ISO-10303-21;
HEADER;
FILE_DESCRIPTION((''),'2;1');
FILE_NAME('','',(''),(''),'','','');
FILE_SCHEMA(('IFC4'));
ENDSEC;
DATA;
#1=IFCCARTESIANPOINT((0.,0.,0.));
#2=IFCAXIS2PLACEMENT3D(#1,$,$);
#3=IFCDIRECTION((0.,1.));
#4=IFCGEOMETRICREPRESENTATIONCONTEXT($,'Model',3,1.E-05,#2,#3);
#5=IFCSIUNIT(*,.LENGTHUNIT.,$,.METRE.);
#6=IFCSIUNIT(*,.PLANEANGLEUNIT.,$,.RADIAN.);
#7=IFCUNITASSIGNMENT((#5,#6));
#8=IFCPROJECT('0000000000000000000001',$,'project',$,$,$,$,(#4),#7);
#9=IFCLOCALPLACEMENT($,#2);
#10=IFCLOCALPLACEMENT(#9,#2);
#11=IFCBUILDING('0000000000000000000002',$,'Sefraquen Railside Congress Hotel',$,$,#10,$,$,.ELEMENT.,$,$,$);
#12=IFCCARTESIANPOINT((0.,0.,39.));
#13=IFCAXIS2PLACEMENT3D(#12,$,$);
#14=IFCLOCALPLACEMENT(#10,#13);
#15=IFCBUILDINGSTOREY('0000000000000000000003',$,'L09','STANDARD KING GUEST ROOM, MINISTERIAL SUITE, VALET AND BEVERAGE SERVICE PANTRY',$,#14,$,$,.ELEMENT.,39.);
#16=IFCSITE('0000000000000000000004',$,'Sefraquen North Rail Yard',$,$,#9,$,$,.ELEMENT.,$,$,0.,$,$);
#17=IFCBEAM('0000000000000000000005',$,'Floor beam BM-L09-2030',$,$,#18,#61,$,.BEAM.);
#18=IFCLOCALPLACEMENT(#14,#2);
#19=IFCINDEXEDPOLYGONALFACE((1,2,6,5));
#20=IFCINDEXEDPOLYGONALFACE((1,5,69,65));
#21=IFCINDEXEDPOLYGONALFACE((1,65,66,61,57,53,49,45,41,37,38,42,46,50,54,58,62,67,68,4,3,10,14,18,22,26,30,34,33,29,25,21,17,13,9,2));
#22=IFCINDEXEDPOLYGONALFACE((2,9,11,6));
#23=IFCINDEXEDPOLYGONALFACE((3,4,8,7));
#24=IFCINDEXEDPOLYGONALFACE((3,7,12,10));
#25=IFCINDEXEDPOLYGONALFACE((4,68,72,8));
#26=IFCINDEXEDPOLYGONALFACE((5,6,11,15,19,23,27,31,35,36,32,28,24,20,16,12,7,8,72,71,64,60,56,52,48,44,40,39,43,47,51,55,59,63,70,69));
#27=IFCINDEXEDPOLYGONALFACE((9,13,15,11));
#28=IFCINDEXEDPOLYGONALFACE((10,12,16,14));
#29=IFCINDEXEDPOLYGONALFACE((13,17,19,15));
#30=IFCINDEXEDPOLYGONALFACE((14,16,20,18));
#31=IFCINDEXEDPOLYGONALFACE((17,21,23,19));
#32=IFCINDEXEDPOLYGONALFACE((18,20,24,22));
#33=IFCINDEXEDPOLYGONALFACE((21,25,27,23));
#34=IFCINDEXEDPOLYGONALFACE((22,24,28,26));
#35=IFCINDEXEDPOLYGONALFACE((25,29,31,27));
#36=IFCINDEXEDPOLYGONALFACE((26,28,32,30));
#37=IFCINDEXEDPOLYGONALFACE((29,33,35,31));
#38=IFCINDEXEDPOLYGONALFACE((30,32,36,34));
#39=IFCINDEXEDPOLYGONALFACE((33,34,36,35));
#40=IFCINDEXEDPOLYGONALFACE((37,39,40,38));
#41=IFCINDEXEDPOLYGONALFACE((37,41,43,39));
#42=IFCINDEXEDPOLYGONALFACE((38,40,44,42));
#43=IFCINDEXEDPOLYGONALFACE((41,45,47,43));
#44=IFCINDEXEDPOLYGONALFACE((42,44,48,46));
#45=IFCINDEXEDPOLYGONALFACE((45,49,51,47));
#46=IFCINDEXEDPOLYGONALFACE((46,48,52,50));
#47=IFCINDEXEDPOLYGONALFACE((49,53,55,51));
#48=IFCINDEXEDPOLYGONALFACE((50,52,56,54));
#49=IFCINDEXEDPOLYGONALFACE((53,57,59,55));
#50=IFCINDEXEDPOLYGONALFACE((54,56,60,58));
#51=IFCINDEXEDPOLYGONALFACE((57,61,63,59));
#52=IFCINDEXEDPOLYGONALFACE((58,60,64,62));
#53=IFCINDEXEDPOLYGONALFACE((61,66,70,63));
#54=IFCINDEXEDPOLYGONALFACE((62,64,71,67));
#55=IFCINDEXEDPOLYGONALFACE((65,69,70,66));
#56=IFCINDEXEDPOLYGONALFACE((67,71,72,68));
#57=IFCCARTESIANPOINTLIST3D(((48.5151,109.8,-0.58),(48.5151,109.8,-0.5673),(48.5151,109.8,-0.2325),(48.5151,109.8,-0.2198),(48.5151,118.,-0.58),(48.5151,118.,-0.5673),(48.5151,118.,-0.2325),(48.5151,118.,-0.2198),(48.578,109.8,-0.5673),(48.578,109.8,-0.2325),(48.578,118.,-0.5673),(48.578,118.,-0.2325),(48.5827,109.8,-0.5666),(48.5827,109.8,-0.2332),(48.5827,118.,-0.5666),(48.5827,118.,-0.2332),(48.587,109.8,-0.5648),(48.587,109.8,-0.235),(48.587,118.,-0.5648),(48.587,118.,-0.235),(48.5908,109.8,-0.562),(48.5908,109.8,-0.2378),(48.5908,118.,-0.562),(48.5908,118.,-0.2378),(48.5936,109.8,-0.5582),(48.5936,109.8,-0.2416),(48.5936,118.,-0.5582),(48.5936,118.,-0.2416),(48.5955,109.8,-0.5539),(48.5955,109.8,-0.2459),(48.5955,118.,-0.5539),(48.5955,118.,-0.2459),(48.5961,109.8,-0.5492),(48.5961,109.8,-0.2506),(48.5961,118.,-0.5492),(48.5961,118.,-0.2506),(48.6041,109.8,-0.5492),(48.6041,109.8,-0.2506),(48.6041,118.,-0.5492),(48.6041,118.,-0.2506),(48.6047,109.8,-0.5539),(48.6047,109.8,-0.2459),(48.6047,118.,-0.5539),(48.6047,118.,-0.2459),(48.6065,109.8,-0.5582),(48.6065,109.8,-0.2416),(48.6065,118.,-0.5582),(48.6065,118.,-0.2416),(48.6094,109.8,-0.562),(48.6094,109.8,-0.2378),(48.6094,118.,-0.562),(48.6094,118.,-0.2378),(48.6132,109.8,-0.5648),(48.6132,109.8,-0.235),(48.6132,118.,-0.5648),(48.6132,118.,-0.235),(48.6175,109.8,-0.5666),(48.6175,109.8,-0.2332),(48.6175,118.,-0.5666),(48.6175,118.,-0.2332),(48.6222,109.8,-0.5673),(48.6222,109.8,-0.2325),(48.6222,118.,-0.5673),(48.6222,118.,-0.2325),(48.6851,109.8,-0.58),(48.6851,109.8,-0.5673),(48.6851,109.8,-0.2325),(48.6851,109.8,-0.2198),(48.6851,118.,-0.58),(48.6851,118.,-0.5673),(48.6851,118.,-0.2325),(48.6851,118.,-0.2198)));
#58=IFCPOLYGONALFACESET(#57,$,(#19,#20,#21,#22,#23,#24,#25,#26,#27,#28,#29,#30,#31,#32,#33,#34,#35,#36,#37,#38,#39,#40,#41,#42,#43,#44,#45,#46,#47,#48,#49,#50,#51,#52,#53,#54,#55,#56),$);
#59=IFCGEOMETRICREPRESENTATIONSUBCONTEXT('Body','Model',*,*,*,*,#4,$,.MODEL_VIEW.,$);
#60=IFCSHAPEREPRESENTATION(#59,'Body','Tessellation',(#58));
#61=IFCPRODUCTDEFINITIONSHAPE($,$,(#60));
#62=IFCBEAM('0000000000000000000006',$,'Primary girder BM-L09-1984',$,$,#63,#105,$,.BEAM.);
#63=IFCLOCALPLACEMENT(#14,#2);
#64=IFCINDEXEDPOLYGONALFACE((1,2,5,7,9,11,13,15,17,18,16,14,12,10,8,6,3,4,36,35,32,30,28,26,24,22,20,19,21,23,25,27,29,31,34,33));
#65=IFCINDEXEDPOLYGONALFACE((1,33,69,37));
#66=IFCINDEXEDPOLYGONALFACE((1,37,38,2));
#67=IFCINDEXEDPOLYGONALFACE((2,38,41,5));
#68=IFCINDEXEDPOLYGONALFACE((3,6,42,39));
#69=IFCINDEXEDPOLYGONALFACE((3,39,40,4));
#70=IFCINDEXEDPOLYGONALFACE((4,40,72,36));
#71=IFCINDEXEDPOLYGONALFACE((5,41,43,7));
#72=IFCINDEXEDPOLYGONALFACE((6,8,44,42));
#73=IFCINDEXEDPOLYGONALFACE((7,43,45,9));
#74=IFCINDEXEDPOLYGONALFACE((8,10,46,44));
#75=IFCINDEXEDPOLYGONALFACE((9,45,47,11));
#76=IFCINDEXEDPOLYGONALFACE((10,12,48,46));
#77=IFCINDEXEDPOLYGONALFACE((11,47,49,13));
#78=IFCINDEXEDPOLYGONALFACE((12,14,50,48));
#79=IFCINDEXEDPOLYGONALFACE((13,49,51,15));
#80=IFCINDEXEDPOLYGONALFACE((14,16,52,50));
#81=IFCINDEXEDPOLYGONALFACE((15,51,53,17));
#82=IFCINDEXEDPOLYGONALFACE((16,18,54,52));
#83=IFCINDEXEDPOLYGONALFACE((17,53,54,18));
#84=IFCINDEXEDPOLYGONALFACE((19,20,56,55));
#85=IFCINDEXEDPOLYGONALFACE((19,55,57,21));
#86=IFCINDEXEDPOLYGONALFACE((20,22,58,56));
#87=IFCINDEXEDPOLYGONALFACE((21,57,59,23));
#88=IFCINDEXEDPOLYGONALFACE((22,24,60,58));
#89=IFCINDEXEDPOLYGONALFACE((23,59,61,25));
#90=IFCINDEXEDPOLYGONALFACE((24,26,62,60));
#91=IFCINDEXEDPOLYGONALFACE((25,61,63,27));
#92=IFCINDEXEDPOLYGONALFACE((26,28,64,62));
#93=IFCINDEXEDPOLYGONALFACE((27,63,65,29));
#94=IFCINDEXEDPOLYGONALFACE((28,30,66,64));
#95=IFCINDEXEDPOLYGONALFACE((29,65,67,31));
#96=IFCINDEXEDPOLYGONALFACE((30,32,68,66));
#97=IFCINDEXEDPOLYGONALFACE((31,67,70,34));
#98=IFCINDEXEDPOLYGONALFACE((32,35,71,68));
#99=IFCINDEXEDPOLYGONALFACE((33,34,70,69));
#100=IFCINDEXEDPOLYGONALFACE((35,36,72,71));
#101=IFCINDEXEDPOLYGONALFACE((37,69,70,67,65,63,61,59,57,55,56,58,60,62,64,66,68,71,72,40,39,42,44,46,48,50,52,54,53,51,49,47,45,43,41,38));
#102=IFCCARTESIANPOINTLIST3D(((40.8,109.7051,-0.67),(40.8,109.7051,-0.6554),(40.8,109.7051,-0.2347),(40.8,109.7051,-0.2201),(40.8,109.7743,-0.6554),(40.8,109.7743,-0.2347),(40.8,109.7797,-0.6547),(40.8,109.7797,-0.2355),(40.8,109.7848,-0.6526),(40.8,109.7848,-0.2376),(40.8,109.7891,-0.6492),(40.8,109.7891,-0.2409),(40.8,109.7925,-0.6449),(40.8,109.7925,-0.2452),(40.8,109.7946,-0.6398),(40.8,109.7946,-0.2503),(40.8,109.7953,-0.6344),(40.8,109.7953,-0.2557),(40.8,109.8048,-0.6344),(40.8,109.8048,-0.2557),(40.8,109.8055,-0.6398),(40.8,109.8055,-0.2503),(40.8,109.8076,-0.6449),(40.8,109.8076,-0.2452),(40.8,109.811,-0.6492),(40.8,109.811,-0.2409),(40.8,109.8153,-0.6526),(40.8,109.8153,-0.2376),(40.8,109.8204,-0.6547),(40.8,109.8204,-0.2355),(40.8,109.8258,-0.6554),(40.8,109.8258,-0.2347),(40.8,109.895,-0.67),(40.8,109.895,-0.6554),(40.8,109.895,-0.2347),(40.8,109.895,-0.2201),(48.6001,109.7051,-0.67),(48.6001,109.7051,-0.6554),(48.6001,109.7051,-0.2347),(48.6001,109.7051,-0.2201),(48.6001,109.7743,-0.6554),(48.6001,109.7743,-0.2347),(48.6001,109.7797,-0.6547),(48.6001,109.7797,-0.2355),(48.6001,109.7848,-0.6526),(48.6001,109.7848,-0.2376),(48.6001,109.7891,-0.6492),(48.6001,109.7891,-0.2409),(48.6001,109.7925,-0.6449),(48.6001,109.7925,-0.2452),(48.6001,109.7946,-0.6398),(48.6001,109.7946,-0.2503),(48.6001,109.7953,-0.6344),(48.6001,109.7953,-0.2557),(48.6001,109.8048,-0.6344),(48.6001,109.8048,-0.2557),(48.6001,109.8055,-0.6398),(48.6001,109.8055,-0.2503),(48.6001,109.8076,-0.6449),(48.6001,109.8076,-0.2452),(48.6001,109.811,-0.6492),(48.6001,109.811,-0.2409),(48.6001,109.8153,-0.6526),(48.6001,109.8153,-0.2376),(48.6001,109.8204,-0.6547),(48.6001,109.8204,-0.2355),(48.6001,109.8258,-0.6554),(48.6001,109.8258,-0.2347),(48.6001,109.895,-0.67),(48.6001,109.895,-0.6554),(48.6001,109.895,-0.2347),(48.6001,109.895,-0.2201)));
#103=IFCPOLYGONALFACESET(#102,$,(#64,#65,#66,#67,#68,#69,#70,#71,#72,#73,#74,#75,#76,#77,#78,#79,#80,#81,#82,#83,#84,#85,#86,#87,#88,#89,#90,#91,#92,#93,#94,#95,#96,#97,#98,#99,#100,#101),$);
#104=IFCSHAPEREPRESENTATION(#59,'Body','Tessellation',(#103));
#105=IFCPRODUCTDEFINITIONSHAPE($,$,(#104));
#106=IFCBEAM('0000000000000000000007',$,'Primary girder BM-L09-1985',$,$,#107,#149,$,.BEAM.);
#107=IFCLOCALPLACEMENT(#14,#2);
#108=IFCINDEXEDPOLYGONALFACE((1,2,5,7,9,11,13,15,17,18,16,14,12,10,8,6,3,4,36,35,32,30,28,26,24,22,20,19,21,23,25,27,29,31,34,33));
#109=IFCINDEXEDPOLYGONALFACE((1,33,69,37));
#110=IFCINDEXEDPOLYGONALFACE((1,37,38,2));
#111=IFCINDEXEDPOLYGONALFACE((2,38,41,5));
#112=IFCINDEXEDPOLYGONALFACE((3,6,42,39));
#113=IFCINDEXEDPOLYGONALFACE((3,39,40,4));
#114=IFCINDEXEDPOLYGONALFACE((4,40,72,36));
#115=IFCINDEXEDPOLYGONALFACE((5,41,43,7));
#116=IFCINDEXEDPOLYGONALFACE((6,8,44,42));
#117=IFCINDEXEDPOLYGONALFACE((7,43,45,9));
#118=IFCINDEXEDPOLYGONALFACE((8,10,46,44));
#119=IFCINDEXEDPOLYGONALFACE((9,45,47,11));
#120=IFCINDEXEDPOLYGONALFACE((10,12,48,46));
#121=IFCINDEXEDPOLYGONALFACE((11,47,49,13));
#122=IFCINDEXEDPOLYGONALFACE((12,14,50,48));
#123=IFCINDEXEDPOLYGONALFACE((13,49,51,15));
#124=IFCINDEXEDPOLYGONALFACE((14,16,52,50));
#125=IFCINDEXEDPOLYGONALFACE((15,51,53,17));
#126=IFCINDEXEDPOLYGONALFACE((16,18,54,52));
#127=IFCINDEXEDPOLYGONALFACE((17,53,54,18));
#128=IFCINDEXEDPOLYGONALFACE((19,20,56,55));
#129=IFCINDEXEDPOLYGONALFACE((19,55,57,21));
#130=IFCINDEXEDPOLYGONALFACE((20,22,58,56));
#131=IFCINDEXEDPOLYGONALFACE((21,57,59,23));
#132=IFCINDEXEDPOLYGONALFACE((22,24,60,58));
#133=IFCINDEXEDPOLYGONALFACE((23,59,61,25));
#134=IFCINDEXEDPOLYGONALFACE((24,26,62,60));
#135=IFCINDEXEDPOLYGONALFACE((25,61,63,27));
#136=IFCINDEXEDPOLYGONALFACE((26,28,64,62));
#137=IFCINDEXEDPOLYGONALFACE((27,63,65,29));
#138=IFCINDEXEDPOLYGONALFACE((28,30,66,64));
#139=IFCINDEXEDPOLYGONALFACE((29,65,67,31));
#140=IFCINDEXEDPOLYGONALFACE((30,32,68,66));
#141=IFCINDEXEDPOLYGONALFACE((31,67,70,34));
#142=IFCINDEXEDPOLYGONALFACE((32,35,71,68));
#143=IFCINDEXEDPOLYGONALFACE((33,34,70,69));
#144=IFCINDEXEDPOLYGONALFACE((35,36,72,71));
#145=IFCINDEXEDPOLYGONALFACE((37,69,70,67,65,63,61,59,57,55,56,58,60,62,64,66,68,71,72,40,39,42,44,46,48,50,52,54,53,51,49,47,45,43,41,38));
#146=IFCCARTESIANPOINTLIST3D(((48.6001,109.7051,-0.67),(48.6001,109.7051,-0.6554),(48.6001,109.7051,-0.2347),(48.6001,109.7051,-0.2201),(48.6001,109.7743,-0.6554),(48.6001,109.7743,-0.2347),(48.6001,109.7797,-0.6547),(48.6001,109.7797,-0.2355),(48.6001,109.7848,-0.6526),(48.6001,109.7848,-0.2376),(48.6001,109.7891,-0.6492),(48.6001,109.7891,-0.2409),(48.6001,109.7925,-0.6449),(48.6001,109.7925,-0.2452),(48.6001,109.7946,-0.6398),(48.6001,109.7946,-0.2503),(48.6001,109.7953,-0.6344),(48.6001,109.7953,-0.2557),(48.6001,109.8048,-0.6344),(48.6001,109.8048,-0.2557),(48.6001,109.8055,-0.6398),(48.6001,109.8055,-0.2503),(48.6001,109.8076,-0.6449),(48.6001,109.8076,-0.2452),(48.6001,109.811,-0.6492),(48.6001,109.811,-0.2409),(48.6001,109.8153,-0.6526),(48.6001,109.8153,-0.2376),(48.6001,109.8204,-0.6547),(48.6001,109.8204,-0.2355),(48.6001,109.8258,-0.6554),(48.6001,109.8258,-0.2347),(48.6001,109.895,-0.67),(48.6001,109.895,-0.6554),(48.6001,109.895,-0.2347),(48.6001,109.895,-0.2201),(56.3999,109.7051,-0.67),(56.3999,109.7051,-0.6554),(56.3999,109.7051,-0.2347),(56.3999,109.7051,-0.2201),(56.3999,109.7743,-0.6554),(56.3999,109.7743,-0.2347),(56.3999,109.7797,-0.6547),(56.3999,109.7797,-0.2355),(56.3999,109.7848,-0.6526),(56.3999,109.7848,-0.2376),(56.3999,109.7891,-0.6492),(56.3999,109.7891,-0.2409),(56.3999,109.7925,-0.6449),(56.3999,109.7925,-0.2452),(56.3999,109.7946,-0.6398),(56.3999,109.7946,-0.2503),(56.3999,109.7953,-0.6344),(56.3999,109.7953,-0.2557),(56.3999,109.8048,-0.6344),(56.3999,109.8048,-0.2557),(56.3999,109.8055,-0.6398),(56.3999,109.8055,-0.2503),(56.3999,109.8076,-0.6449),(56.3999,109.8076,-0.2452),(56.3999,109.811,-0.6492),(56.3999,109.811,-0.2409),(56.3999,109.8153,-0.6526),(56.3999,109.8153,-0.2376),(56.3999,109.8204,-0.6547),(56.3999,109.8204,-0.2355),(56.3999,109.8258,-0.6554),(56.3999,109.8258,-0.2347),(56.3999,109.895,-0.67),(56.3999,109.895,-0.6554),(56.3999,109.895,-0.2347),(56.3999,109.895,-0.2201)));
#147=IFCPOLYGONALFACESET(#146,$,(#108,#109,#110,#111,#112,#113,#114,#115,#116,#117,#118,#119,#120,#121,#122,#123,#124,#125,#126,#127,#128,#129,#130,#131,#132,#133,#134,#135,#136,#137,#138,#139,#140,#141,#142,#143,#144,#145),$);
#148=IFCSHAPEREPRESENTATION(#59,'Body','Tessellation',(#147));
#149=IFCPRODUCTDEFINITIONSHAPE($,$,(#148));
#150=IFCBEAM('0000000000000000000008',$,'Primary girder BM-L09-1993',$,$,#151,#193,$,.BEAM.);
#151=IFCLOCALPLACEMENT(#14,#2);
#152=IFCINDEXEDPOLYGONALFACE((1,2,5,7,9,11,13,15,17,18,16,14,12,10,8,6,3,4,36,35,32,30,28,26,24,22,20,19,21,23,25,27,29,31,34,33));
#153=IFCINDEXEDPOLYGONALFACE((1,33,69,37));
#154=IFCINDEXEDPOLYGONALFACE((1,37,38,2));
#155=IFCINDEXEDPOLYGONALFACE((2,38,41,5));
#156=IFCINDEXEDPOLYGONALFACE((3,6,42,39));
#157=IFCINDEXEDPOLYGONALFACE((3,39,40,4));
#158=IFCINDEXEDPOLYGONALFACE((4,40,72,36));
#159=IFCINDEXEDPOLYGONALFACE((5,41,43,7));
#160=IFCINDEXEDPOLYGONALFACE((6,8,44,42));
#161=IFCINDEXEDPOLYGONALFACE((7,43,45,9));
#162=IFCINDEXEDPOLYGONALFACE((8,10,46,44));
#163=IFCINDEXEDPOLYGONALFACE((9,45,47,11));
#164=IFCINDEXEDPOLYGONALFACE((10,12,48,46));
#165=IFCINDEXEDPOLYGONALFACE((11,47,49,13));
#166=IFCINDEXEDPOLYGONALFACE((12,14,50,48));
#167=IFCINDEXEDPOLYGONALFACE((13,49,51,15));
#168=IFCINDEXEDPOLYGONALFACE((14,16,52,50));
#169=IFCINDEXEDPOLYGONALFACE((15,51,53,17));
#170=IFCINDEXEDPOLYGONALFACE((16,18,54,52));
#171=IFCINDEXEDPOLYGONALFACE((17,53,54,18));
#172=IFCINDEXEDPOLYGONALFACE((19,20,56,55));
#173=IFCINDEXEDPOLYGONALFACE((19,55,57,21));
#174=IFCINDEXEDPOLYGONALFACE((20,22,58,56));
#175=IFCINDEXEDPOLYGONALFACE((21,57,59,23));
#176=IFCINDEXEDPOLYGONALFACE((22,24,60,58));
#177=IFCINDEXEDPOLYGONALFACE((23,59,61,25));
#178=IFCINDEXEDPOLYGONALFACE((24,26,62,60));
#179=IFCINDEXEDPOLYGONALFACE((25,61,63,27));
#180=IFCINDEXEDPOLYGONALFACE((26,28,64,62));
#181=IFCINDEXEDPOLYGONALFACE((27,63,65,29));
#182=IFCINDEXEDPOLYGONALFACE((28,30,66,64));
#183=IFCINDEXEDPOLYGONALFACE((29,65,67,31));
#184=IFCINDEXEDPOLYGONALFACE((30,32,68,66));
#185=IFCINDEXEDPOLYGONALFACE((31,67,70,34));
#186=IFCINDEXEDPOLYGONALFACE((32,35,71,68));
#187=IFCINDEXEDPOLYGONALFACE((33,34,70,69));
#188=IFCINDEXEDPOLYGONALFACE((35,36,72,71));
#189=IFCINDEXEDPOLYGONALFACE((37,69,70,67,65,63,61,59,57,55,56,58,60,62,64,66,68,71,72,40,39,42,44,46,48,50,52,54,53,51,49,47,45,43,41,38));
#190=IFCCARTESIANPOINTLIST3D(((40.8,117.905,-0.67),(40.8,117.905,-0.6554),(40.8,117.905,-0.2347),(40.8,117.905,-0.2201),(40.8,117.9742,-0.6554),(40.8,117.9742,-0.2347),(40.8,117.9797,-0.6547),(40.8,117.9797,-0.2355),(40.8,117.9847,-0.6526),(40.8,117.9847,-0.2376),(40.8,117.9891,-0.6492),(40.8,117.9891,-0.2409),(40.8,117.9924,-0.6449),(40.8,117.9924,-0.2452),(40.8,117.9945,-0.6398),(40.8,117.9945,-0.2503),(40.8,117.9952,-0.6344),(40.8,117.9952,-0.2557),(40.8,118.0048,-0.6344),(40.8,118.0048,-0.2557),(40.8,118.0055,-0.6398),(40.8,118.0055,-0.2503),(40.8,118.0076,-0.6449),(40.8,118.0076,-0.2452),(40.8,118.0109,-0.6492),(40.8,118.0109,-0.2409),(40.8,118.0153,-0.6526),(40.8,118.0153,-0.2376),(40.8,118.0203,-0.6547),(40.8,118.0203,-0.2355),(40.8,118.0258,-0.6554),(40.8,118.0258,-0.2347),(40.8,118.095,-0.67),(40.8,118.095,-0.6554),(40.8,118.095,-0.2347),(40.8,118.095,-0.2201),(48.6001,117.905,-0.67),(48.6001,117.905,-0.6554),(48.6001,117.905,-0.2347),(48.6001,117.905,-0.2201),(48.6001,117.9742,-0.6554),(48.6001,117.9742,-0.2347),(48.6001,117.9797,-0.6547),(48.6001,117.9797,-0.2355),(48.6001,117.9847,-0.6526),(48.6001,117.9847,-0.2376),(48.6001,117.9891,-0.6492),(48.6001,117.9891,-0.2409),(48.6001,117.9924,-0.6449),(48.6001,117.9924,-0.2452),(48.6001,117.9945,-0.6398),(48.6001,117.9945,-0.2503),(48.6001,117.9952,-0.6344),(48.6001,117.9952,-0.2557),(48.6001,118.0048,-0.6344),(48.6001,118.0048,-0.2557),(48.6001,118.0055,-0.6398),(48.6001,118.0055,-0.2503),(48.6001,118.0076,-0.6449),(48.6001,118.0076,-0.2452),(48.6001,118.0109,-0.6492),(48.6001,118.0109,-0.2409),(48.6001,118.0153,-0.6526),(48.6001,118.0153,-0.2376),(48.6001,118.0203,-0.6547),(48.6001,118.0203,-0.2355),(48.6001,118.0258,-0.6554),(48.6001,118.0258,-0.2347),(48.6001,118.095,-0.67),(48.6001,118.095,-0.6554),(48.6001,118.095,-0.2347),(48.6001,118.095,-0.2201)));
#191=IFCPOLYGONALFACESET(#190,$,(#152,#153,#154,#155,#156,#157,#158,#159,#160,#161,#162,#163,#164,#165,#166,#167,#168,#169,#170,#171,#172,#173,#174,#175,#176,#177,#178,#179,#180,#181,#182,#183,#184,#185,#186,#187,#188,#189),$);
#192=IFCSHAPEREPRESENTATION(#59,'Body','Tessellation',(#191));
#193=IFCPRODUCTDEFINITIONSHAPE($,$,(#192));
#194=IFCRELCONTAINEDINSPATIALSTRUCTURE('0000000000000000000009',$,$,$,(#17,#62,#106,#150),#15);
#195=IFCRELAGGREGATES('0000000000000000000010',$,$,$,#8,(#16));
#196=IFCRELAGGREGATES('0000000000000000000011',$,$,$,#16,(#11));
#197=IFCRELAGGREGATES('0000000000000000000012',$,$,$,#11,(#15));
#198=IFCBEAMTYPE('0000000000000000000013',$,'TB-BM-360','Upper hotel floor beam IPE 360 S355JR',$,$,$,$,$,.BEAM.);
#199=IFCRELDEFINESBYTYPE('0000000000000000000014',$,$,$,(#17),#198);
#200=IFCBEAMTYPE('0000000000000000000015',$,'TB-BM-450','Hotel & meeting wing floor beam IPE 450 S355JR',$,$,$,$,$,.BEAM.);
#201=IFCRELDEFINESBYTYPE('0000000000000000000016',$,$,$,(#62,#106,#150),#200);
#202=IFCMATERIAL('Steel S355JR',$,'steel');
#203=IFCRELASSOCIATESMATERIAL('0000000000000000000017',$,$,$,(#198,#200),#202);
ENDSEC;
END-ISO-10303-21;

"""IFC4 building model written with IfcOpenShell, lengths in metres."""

from ifc_helpers import new_model, si_unit, direction, frame, origin, origin_2d, place, context, subcontext, project, spatial, i_section, extrude, material, material_profile, profile_set, type_object, element, save


model = new_model("IFC4")

# Units and contexts
model_context = context("Model", 3, precision=1e-05, world=origin(), true_north=direction((0.0, 1.0)))
body_context = subcontext(model_context, "Body", "Model", "MODEL_VIEW")
ifc_project = project(units=[si_unit("LENGTHUNIT", "METRE"), si_unit("PLANEANGLEUNIT", "RADIAN")], contexts=[model_context])

# Site, building, storey
site_placement = place(None, origin())
site = spatial("IfcSite", under=ifc_project, at=site_placement, Name="Sefraquen North Rail Yard", CompositionType="ELEMENT", RefElevation=0.0)
building_placement = place(site_placement, origin())
building = spatial("IfcBuilding", under=site, at=building_placement, Name="Sefraquen Railside Congress Hotel", CompositionType="ELEMENT")
storey_placement = place(building_placement, frame((0.0, 0.0, 39.0)))
storey = spatial("IfcBuildingStorey", under=building, at=storey_placement, Name="L09", Description="STANDARD KING GUEST ROOM, MINISTERIAL SUITE, VALET AND BEVERAGE SERVICE PANTRY", CompositionType="ELEMENT", Elevation=39.0)

# Shared definitions
ifc_material_1 = material(Name="Steel S355JR", Category="steel")

# Beams
ifc_material_profile_1 = material_profile(ifc_material_1, i_section(OverallWidth=0.1699, OverallDepth=0.3601, WebThickness=0.0081, FlangeThickness=0.0127, FilletRadius=0.0181, at=origin_2d()), Name="IPE 360")
ifc_profile_set_1 = profile_set([ifc_material_profile_1], Name="Steel S355JR")
beam_type_1 = type_object("IfcBeamType", Name="TB-BM-360", Description="Upper hotel floor beam IPE 360 S355JR", PredefinedType="BEAM", material=ifc_profile_set_1)
for number, where, z_axis, x_axis, name in (
    (1, (48.6001, 109.8, -0.3999), (0.0, 1.0, 0.0), (-1.0, 0.0, 0.0), "Floor beam BM-L09-2030"),
):
    element("IfcBeam", number, at=place(storey_placement, frame(where, z_axis=z_axis, x_axis=x_axis)), inside=storey, type_object=beam_type_1, Name=name, PredefinedType="BEAM", context=body_context, shape_type="SweptSolid", body=[
        extrude(i_section(OverallWidth=0.1699, OverallDepth=0.3601, WebThickness=0.0081, FlangeThickness=0.0127, FilletRadius=0.0181, at=origin_2d()), origin(), (0.0, 0.0, 1.0), 8.2),
    ])
ifc_material_profile_2 = material_profile(ifc_material_1, i_section(OverallWidth=0.1899, OverallDepth=0.45, WebThickness=0.0095, FlangeThickness=0.0146, FilletRadius=0.021, at=origin_2d()), Name="IPE 450")
ifc_profile_set_2 = profile_set([ifc_material_profile_2], Name="Steel S355JR")
beam_type_2 = type_object("IfcBeamType", Name="TB-BM-450", Description="Hotel & meeting wing floor beam IPE 450 S355JR", PredefinedType="BEAM", material=ifc_profile_set_2)
beam_1_placement = place(storey_placement, frame((40.8, 109.8, -0.4451), z_axis=(1.0, 0.0, 0.0), x_axis=(0.0, 1.0, 0.0)))
element("IfcBeam", 2, at=beam_1_placement, inside=storey, type_object=beam_type_2, Name="Primary girder BM-L09-1984", PredefinedType="BEAM", context=body_context, shape_type="SweptSolid", body=[
    extrude(i_section(OverallWidth=0.1899, OverallDepth=0.45, WebThickness=0.0095, FlangeThickness=0.0146, FilletRadius=0.021, at=origin_2d()), origin(), (0.0, 0.0, 1.0), 7.8),
])
beam_2_placement = place(storey_placement, frame((48.6001, 109.8, -0.4451), z_axis=(1.0, 0.0, 0.0), x_axis=(0.0, 1.0, 0.0)))
element("IfcBeam", 3, at=beam_2_placement, inside=storey, type_object=beam_type_2, Name="Primary girder BM-L09-1985", PredefinedType="BEAM", context=body_context, shape_type="SweptSolid", body=[
    extrude(i_section(OverallWidth=0.1899, OverallDepth=0.45, WebThickness=0.0095, FlangeThickness=0.0146, FilletRadius=0.021, at=origin_2d()), origin(), (0.0, 0.0, 1.0), 7.7998),
])
beam_3_placement = place(storey_placement, frame((40.8, 118.0, -0.4451), z_axis=(1.0, 0.0, 0.0), x_axis=(0.0, 1.0, 0.0)))
element("IfcBeam", 4, at=beam_3_placement, inside=storey, type_object=beam_type_2, Name="Primary girder BM-L09-1993", PredefinedType="BEAM", context=body_context, shape_type="SweptSolid", body=[
    extrude(i_section(OverallWidth=0.1899, OverallDepth=0.45, WebThickness=0.0095, FlangeThickness=0.0146, FilletRadius=0.021, at=origin_2d()), origin(), (0.0, 0.0, 1.0), 7.8),
])

save(model, "model.ifc")
